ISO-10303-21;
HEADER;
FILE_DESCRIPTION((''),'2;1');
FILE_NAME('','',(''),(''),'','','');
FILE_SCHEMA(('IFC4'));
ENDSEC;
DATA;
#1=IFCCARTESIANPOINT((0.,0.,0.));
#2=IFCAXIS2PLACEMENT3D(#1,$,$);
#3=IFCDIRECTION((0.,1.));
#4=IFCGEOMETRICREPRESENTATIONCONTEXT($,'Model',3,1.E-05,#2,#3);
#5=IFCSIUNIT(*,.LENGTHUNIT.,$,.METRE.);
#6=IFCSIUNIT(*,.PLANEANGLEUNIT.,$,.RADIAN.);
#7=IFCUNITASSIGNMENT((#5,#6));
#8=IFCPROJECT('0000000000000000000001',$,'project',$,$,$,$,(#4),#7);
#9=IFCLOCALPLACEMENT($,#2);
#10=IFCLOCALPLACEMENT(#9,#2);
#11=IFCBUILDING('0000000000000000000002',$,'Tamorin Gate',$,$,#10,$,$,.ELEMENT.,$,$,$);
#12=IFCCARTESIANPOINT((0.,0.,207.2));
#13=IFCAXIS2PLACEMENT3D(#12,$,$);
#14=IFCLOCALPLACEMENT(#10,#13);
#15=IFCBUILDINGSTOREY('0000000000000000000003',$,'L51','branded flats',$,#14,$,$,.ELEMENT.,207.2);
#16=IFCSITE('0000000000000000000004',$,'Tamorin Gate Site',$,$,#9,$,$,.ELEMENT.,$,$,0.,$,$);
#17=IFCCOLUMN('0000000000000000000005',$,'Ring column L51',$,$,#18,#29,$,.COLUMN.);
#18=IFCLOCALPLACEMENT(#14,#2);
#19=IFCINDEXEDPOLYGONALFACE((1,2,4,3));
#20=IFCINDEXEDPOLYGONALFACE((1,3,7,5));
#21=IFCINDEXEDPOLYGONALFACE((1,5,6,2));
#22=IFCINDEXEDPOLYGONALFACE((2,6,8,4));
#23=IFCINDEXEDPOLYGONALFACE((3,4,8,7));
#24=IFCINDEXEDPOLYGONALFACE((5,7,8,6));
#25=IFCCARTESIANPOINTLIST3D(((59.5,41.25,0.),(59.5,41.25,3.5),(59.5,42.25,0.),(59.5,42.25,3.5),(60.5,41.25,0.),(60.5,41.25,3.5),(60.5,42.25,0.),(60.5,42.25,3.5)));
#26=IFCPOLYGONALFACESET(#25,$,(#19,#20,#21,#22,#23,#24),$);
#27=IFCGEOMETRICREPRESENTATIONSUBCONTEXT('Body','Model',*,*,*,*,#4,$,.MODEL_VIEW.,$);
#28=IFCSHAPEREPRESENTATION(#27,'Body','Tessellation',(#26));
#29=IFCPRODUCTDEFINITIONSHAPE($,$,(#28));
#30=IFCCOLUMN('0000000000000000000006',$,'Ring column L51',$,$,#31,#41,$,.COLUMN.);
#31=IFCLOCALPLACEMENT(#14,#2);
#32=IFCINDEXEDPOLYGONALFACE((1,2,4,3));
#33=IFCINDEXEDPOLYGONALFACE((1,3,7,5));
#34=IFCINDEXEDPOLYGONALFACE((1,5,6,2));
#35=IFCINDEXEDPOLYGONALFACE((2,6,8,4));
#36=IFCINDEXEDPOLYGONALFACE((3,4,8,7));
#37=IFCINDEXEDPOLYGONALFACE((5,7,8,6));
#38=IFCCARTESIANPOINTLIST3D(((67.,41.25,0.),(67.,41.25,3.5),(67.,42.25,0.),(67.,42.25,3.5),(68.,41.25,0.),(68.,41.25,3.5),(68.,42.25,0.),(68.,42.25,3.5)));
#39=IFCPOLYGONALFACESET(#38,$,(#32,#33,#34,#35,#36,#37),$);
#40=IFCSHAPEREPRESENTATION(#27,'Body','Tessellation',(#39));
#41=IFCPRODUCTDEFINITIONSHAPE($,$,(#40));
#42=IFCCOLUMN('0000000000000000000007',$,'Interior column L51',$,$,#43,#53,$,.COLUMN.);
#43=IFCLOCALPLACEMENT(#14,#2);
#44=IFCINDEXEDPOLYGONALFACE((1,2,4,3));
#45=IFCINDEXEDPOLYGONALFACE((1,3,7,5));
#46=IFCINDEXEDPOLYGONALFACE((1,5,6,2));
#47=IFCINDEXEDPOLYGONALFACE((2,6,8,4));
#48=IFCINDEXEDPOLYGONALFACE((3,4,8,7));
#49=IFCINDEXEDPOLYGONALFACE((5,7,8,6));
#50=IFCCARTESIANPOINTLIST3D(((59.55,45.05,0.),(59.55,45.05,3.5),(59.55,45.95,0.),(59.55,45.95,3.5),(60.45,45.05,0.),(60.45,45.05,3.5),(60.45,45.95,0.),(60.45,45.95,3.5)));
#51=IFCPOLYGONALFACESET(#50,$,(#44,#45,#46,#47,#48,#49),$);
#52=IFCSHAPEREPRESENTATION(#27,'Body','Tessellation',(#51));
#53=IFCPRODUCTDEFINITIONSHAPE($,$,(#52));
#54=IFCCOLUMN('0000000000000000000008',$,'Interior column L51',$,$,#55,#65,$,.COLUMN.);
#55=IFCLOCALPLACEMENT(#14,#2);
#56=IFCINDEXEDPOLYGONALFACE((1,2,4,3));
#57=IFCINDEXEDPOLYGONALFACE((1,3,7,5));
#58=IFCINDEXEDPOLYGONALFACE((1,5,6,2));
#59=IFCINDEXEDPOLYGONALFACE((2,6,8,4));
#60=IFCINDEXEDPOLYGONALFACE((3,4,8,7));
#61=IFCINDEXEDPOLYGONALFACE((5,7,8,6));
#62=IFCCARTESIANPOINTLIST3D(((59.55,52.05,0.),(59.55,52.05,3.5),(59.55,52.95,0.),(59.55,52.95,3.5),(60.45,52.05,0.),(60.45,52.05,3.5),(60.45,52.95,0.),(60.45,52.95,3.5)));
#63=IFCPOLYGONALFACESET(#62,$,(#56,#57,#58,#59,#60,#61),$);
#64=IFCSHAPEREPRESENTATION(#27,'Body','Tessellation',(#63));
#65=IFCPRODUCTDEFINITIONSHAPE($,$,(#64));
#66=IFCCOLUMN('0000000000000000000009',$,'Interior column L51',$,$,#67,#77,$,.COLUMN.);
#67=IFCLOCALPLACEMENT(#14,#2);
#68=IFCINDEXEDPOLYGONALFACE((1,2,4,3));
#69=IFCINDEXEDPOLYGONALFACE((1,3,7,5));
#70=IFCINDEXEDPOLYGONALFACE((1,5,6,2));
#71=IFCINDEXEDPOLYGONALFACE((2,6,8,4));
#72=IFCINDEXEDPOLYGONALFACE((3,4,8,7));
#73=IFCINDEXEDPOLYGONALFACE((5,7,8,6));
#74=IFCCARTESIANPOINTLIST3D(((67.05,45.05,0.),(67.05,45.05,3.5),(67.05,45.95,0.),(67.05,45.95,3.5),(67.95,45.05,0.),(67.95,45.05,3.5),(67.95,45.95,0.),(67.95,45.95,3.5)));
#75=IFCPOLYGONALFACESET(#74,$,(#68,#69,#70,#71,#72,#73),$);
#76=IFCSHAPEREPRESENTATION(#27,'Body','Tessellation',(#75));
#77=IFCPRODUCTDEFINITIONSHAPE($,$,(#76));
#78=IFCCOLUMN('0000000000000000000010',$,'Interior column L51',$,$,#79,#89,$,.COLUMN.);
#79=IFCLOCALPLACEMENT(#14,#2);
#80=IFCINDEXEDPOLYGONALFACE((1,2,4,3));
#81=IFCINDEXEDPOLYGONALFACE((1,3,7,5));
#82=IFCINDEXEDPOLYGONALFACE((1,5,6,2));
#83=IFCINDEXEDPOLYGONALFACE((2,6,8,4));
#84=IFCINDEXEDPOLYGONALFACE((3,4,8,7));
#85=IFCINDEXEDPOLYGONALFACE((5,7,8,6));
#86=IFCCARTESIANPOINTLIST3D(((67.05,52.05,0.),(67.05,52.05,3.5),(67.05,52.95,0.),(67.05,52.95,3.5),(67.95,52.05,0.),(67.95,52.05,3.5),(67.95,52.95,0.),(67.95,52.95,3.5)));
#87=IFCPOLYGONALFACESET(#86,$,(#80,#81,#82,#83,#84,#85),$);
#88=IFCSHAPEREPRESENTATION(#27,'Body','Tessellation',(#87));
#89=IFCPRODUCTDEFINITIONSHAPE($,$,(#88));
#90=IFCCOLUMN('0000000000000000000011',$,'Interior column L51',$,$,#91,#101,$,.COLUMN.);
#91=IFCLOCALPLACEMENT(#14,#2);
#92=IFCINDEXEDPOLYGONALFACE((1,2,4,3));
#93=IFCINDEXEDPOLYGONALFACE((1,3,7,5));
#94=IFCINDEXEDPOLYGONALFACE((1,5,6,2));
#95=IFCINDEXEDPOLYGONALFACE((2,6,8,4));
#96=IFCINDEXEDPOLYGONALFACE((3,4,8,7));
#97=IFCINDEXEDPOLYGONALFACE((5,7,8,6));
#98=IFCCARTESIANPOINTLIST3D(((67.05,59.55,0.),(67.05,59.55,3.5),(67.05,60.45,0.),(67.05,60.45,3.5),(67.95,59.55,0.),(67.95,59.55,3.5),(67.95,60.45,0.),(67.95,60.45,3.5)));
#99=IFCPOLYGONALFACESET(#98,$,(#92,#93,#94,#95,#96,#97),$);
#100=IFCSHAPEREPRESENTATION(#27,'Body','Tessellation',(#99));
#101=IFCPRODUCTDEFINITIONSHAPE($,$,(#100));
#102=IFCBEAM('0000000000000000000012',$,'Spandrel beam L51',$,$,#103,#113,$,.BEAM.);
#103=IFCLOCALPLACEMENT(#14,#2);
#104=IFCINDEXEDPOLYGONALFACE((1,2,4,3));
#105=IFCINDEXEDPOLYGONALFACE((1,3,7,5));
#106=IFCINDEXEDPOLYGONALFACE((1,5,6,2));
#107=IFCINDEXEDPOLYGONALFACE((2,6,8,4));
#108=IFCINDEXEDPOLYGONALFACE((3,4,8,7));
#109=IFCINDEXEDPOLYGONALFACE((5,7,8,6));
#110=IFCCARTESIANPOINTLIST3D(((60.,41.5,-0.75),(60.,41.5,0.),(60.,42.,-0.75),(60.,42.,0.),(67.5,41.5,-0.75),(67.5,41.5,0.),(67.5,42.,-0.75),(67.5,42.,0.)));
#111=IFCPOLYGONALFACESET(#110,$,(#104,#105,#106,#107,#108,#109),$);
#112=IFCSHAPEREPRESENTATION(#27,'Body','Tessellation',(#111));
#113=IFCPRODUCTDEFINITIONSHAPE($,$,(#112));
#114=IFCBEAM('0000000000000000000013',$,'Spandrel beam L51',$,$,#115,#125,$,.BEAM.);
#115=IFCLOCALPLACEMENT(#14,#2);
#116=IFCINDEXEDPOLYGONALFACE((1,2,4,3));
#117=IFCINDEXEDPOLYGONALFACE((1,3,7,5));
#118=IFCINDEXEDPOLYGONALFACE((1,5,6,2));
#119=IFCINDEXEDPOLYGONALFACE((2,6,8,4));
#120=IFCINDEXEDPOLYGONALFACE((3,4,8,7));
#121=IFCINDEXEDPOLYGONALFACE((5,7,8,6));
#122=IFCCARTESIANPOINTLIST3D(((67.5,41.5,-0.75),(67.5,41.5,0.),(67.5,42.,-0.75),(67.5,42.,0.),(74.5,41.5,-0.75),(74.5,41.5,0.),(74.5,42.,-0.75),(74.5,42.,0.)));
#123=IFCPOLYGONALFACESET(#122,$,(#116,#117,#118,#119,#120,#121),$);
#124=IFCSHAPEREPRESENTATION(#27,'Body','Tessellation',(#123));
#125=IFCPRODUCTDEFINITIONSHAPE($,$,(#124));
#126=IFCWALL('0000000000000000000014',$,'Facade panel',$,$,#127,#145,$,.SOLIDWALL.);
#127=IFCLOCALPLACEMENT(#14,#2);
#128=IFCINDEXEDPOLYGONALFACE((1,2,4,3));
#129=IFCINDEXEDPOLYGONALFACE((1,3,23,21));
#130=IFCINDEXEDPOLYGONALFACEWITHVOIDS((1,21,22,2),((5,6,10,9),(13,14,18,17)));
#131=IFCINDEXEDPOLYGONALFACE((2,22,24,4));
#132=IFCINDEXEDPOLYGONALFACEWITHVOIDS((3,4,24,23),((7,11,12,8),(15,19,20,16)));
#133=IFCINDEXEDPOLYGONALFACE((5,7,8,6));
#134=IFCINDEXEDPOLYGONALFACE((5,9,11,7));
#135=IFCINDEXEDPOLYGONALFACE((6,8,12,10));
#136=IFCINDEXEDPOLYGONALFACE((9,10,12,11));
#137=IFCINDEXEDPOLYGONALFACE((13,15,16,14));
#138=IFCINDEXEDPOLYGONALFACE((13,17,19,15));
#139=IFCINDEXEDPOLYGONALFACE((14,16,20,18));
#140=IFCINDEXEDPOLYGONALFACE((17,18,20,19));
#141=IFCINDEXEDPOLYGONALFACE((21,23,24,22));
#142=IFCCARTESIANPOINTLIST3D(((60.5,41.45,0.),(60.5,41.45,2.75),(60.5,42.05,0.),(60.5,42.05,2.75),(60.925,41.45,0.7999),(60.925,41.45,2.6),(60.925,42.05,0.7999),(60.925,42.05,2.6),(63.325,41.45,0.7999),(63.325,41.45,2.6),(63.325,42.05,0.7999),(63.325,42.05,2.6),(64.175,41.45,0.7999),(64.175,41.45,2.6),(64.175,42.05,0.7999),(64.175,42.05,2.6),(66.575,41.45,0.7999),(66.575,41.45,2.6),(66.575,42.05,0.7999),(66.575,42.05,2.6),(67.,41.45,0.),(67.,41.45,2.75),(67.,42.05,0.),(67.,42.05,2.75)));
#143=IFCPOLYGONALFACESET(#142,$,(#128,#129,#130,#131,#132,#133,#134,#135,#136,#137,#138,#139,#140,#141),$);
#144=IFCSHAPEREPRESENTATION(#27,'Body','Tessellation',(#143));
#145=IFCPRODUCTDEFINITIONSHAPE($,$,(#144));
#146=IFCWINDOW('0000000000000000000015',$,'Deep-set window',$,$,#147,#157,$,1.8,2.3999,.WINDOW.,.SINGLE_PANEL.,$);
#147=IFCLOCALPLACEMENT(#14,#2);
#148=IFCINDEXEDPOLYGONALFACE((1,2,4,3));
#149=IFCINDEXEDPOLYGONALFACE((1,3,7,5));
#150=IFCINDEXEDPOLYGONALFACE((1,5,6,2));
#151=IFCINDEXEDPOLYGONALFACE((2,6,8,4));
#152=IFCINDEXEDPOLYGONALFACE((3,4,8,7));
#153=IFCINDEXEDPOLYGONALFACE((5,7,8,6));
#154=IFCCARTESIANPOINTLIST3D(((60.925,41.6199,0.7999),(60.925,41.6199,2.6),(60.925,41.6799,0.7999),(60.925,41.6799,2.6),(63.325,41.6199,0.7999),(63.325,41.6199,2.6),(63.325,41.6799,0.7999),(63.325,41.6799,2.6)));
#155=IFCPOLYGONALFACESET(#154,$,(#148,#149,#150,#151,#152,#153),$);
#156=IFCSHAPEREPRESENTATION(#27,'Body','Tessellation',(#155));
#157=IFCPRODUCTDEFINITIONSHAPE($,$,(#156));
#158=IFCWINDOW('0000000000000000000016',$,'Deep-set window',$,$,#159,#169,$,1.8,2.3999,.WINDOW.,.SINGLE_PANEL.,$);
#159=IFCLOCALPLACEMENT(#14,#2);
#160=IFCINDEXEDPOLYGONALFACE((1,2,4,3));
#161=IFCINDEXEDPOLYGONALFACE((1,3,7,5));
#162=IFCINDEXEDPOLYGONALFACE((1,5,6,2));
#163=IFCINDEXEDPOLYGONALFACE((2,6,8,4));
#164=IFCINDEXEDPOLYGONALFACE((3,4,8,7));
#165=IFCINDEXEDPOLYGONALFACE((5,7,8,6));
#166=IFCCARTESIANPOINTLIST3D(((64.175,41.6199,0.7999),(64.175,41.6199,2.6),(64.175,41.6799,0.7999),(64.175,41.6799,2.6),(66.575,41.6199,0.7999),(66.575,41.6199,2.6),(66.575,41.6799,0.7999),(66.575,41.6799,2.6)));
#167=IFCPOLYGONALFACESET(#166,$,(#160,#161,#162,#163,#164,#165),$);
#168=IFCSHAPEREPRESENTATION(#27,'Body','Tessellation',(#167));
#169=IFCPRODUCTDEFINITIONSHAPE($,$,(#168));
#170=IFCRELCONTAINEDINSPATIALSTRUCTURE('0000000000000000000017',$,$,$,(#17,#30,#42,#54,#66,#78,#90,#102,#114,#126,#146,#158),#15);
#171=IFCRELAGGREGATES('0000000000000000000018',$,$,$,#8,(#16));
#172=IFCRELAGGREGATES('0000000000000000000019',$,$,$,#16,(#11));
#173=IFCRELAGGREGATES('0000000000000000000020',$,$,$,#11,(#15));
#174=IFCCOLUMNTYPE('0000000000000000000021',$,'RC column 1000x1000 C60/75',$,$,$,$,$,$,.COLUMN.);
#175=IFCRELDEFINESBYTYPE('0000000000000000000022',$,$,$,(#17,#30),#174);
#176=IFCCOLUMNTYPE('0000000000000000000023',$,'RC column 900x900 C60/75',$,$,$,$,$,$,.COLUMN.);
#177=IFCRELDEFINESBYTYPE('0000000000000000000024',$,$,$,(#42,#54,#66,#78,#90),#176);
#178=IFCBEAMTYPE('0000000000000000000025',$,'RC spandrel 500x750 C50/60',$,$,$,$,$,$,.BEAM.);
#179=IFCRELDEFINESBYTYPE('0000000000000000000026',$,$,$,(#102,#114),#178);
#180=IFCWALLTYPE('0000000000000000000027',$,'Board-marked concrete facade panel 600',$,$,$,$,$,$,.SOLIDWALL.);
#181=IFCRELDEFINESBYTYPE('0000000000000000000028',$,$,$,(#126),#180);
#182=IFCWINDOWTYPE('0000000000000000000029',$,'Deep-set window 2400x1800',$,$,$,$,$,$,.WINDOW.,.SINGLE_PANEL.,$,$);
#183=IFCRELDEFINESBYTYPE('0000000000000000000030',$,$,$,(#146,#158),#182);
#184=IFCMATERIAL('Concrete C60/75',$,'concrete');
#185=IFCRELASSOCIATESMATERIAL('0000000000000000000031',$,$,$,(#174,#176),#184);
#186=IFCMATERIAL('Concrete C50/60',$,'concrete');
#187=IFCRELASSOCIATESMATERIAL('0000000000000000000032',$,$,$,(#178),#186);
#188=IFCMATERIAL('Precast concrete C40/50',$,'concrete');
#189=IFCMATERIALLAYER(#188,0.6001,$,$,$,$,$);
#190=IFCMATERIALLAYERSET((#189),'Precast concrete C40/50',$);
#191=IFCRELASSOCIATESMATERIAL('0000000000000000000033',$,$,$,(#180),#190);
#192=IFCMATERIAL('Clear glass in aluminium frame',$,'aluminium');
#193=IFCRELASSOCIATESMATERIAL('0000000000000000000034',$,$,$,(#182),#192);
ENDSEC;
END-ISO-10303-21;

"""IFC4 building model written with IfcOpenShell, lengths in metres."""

from ifc_helpers import new_model, si_unit, direction, frame, frame_2d, origin, origin_2d, place, context, subcontext, project, spatial, rectangle, extrude, material, layer, layer_set, material_profile, profile_set, type_object, element, fill, save


model = new_model("IFC4")

# Units and contexts
model_context = context("Model", 3, precision=1e-05, world=origin(), true_north=direction((0.0, 1.0)))
body_context = subcontext(model_context, "Body", "Model", "MODEL_VIEW")
ifc_project = project(units=[si_unit("LENGTHUNIT", "METRE"), si_unit("PLANEANGLEUNIT", "RADIAN")], contexts=[model_context])

# Site, building, storey
site_placement = place(None, origin())
site = spatial("IfcSite", under=ifc_project, at=site_placement, Name="Tamorin Gate Site", CompositionType="ELEMENT", RefElevation=0.0)
building_placement = place(site_placement, origin())
building = spatial("IfcBuilding", under=site, at=building_placement, Name="Tamorin Gate", CompositionType="ELEMENT")
storey_placement = place(building_placement, frame((0.0, 0.0, 207.2)))
storey = spatial("IfcBuildingStorey", under=building, at=storey_placement, Name="L51", Description="branded flats", CompositionType="ELEMENT", Elevation=207.2)

# Columns
ifc_material_1 = material(Name="Concrete C60/75", Category="concrete")
ifc_material_profile_1 = material_profile(ifc_material_1, rectangle(XDim=1.0, YDim=1.0, at=origin_2d()), Name="RC 1000x1000")
ifc_profile_set_1 = profile_set([ifc_material_profile_1], Name="Concrete C60/75")
column_type_1 = type_object("IfcColumnType", Name="RC column 1000x1000 C60/75", PredefinedType="COLUMN", material=ifc_profile_set_1)
for number, where, z_axis, x_axis, name in (
    (1, (60.0, 41.75, 0.0), (0.0, 0.0, 1.0), (1.0, 0.0, 0.0), "Ring column L51"),
    (2, (67.5, 41.75, 0.0), (0.0, 0.0, 1.0), (1.0, 0.0, 0.0), "Ring column L51"),
):
    element("IfcColumn", number, at=place(storey_placement, frame(where, z_axis=z_axis, x_axis=x_axis)), inside=storey, type_object=column_type_1, Name=name, PredefinedType="COLUMN", context=body_context, shape_type="SweptSolid", body=[
        extrude(rectangle(XDim=1.0, YDim=1.0, at=origin_2d()), origin(), (0.0, 0.0, 1.0), 3.5),
    ])
ifc_material_profile_2 = material_profile(ifc_material_1, rectangle(XDim=0.8999, YDim=0.8999, at=origin_2d()), Name="RC 900x900")
ifc_profile_set_2 = profile_set([ifc_material_profile_2], Name="Concrete C60/75")
column_type_2 = type_object("IfcColumnType", Name="RC column 900x900 C60/75", PredefinedType="COLUMN", material=ifc_profile_set_2)
for number, where, z_axis, x_axis, name in (
    (3, (60.0, 45.5, 0.0), (0.0, 0.0, 1.0), (1.0, 0.0, 0.0), "Interior column L51"),
    (4, (60.0, 52.5, 0.0), (0.0, 0.0, 1.0), (1.0, 0.0, 0.0), "Interior column L51"),
    (5, (67.5, 45.5, 0.0), (0.0, 0.0, 1.0), (1.0, 0.0, 0.0), "Interior column L51"),
    (6, (67.5, 52.5, 0.0), (0.0, 0.0, 1.0), (1.0, 0.0, 0.0), "Interior column L51"),
    (7, (67.5, 60.0, 0.0), (0.0, 0.0, 1.0), (1.0, 0.0, 0.0), "Interior column L51"),
):
    element("IfcColumn", number, at=place(storey_placement, frame(where, z_axis=z_axis, x_axis=x_axis)), inside=storey, type_object=column_type_2, Name=name, PredefinedType="COLUMN", context=body_context, shape_type="SweptSolid", body=[
        extrude(rectangle(XDim=0.8999, YDim=0.8999, at=origin_2d()), origin(), (0.0, 0.0, 1.0), 3.5),
    ])

# Beams
ifc_material_2 = material(Name="Concrete C50/60", Category="concrete")
ifc_material_profile_3 = material_profile(ifc_material_2, rectangle(XDim=0.5, YDim=0.75, at=origin_2d()), Name="RC 500x750")
ifc_profile_set_3 = profile_set([ifc_material_profile_3], Name="Concrete C50/60")
beam_type = type_object("IfcBeamType", Name="RC spandrel 500x750 C50/60", PredefinedType="BEAM", material=ifc_profile_set_3)
beam_1_placement = place(storey_placement, frame((60.0, 41.75, -0.375), z_axis=(1.0, 0.0, 0.0), x_axis=(0.0, 1.0, 0.0)))
element("IfcBeam", 8, at=beam_1_placement, inside=storey, type_object=beam_type, Name="Spandrel beam L51", PredefinedType="BEAM", context=body_context, shape_type="SweptSolid", body=[
    extrude(rectangle(XDim=0.5, YDim=0.75, at=origin_2d()), origin(), (0.0, 0.0, 1.0), 7.5),
])
beam_2_placement = place(storey_placement, frame((67.5, 41.75, -0.375), z_axis=(1.0, 0.0, 0.0), x_axis=(0.0, 1.0, 0.0)))
element("IfcBeam", 9, at=beam_2_placement, inside=storey, type_object=beam_type, Name="Spandrel beam L51", PredefinedType="BEAM", context=body_context, shape_type="SweptSolid", body=[
    extrude(rectangle(XDim=0.5, YDim=0.75, at=origin_2d()), origin(), (0.0, 0.0, 1.0), 7.0),
])

# Wall, openings, windows
ifc_material_3 = material(Name="Precast concrete C40/50", Category="concrete")
ifc_layer_1 = layer(ifc_material_3, 0.6001)
ifc_layer_set_1 = layer_set([ifc_layer_1], Name="Precast concrete C40/50")
wall_type_1 = type_object("IfcWallType", Name="Board-marked concrete facade panel 600", PredefinedType="SOLIDWALL", material=ifc_layer_set_1)
wall_1_placement = place(storey_placement, frame((60.5, 41.75, 0.0), z_axis=(0.0, 0.0, 1.0), x_axis=(1.0, 0.0, 0.0)))
wall_1 = element("IfcWall", 10, at=wall_1_placement, inside=storey, type_object=wall_type_1, Name="Facade panel", PredefinedType="SOLIDWALL", context=body_context, shape_type="SweptSolid", body=[
    extrude(rectangle(XDim=6.5, YDim=0.6001, at=frame_2d((3.25, 0.0))), origin(), (0.0, 0.0, 1.0), 2.75),
])
opening_1_placement = place(wall_1_placement, frame((0.425, 0.0, 0.8)))
opening_1 = element("IfcOpeningElement", 11, at=opening_1_placement, cuts=wall_1, PredefinedType="OPENING", context=body_context, shape_type="SweptSolid", body=[
    extrude(rectangle(XDim=2.3999, YDim=1.8, at=frame_2d((1.2, 0.8999))), frame((0.0, 0.3101, 0.0), z_axis=(0.0, -1.0, 0.0), x_axis=(1.0, 0.0, 0.0)), (0.0, 0.0, 1.0), 0.6201),
])
opening_2_placement = place(wall_1_placement, frame((3.675, 0.0, 0.8)))
opening_2 = element("IfcOpeningElement", 12, at=opening_2_placement, cuts=wall_1, PredefinedType="OPENING", context=body_context, shape_type="SweptSolid", body=[
    extrude(rectangle(XDim=2.3999, YDim=1.8, at=frame_2d((1.2, 0.8999))), frame((0.0, 0.3101, 0.0), z_axis=(0.0, -1.0, 0.0), x_axis=(1.0, 0.0, 0.0)), (0.0, 0.0, 1.0), 0.6201),
])
ifc_material_4 = material(Name="Clear glass in aluminium frame", Category="aluminium")
window_type = type_object("IfcWindowType", Name="Deep-set window 2400x1800", PartitioningType="SINGLE_PANEL", PredefinedType="WINDOW", material=ifc_material_4)
window_1_placement = place(opening_1_placement, origin())
window_1 = element("IfcWindow", 13, at=window_1_placement, inside=storey, type_object=window_type, Name="Deep-set window", OverallHeight=1.8, OverallWidth=2.3999, PartitioningType="SINGLE_PANEL", PredefinedType="WINDOW", context=body_context, shape_type="SweptSolid", body=[
    extrude(rectangle(XDim=2.3999, YDim=1.8, at=frame_2d((1.2, 0.8999))), frame((0.0, -0.0701, 0.0), z_axis=(0.0, -1.0, 0.0), x_axis=(1.0, 0.0, 0.0)), (0.0, 0.0, 1.0), 0.0601),
])
fill(opening_1, window_1)
window_2_placement = place(opening_2_placement, origin())
window_2 = element("IfcWindow", 14, at=window_2_placement, inside=storey, type_object=window_type, Name="Deep-set window", OverallHeight=1.8, OverallWidth=2.3999, PartitioningType="SINGLE_PANEL", PredefinedType="WINDOW", context=body_context, shape_type="SweptSolid", body=[
    extrude(rectangle(XDim=2.3999, YDim=1.8, at=frame_2d((1.2, 0.8999))), frame((0.0, -0.0701, 0.0), z_axis=(0.0, -1.0, 0.0), x_axis=(1.0, 0.0, 0.0)), (0.0, 0.0, 1.0), 0.0601),
])
fill(opening_2, window_2)

save(model, "model.ifc")
